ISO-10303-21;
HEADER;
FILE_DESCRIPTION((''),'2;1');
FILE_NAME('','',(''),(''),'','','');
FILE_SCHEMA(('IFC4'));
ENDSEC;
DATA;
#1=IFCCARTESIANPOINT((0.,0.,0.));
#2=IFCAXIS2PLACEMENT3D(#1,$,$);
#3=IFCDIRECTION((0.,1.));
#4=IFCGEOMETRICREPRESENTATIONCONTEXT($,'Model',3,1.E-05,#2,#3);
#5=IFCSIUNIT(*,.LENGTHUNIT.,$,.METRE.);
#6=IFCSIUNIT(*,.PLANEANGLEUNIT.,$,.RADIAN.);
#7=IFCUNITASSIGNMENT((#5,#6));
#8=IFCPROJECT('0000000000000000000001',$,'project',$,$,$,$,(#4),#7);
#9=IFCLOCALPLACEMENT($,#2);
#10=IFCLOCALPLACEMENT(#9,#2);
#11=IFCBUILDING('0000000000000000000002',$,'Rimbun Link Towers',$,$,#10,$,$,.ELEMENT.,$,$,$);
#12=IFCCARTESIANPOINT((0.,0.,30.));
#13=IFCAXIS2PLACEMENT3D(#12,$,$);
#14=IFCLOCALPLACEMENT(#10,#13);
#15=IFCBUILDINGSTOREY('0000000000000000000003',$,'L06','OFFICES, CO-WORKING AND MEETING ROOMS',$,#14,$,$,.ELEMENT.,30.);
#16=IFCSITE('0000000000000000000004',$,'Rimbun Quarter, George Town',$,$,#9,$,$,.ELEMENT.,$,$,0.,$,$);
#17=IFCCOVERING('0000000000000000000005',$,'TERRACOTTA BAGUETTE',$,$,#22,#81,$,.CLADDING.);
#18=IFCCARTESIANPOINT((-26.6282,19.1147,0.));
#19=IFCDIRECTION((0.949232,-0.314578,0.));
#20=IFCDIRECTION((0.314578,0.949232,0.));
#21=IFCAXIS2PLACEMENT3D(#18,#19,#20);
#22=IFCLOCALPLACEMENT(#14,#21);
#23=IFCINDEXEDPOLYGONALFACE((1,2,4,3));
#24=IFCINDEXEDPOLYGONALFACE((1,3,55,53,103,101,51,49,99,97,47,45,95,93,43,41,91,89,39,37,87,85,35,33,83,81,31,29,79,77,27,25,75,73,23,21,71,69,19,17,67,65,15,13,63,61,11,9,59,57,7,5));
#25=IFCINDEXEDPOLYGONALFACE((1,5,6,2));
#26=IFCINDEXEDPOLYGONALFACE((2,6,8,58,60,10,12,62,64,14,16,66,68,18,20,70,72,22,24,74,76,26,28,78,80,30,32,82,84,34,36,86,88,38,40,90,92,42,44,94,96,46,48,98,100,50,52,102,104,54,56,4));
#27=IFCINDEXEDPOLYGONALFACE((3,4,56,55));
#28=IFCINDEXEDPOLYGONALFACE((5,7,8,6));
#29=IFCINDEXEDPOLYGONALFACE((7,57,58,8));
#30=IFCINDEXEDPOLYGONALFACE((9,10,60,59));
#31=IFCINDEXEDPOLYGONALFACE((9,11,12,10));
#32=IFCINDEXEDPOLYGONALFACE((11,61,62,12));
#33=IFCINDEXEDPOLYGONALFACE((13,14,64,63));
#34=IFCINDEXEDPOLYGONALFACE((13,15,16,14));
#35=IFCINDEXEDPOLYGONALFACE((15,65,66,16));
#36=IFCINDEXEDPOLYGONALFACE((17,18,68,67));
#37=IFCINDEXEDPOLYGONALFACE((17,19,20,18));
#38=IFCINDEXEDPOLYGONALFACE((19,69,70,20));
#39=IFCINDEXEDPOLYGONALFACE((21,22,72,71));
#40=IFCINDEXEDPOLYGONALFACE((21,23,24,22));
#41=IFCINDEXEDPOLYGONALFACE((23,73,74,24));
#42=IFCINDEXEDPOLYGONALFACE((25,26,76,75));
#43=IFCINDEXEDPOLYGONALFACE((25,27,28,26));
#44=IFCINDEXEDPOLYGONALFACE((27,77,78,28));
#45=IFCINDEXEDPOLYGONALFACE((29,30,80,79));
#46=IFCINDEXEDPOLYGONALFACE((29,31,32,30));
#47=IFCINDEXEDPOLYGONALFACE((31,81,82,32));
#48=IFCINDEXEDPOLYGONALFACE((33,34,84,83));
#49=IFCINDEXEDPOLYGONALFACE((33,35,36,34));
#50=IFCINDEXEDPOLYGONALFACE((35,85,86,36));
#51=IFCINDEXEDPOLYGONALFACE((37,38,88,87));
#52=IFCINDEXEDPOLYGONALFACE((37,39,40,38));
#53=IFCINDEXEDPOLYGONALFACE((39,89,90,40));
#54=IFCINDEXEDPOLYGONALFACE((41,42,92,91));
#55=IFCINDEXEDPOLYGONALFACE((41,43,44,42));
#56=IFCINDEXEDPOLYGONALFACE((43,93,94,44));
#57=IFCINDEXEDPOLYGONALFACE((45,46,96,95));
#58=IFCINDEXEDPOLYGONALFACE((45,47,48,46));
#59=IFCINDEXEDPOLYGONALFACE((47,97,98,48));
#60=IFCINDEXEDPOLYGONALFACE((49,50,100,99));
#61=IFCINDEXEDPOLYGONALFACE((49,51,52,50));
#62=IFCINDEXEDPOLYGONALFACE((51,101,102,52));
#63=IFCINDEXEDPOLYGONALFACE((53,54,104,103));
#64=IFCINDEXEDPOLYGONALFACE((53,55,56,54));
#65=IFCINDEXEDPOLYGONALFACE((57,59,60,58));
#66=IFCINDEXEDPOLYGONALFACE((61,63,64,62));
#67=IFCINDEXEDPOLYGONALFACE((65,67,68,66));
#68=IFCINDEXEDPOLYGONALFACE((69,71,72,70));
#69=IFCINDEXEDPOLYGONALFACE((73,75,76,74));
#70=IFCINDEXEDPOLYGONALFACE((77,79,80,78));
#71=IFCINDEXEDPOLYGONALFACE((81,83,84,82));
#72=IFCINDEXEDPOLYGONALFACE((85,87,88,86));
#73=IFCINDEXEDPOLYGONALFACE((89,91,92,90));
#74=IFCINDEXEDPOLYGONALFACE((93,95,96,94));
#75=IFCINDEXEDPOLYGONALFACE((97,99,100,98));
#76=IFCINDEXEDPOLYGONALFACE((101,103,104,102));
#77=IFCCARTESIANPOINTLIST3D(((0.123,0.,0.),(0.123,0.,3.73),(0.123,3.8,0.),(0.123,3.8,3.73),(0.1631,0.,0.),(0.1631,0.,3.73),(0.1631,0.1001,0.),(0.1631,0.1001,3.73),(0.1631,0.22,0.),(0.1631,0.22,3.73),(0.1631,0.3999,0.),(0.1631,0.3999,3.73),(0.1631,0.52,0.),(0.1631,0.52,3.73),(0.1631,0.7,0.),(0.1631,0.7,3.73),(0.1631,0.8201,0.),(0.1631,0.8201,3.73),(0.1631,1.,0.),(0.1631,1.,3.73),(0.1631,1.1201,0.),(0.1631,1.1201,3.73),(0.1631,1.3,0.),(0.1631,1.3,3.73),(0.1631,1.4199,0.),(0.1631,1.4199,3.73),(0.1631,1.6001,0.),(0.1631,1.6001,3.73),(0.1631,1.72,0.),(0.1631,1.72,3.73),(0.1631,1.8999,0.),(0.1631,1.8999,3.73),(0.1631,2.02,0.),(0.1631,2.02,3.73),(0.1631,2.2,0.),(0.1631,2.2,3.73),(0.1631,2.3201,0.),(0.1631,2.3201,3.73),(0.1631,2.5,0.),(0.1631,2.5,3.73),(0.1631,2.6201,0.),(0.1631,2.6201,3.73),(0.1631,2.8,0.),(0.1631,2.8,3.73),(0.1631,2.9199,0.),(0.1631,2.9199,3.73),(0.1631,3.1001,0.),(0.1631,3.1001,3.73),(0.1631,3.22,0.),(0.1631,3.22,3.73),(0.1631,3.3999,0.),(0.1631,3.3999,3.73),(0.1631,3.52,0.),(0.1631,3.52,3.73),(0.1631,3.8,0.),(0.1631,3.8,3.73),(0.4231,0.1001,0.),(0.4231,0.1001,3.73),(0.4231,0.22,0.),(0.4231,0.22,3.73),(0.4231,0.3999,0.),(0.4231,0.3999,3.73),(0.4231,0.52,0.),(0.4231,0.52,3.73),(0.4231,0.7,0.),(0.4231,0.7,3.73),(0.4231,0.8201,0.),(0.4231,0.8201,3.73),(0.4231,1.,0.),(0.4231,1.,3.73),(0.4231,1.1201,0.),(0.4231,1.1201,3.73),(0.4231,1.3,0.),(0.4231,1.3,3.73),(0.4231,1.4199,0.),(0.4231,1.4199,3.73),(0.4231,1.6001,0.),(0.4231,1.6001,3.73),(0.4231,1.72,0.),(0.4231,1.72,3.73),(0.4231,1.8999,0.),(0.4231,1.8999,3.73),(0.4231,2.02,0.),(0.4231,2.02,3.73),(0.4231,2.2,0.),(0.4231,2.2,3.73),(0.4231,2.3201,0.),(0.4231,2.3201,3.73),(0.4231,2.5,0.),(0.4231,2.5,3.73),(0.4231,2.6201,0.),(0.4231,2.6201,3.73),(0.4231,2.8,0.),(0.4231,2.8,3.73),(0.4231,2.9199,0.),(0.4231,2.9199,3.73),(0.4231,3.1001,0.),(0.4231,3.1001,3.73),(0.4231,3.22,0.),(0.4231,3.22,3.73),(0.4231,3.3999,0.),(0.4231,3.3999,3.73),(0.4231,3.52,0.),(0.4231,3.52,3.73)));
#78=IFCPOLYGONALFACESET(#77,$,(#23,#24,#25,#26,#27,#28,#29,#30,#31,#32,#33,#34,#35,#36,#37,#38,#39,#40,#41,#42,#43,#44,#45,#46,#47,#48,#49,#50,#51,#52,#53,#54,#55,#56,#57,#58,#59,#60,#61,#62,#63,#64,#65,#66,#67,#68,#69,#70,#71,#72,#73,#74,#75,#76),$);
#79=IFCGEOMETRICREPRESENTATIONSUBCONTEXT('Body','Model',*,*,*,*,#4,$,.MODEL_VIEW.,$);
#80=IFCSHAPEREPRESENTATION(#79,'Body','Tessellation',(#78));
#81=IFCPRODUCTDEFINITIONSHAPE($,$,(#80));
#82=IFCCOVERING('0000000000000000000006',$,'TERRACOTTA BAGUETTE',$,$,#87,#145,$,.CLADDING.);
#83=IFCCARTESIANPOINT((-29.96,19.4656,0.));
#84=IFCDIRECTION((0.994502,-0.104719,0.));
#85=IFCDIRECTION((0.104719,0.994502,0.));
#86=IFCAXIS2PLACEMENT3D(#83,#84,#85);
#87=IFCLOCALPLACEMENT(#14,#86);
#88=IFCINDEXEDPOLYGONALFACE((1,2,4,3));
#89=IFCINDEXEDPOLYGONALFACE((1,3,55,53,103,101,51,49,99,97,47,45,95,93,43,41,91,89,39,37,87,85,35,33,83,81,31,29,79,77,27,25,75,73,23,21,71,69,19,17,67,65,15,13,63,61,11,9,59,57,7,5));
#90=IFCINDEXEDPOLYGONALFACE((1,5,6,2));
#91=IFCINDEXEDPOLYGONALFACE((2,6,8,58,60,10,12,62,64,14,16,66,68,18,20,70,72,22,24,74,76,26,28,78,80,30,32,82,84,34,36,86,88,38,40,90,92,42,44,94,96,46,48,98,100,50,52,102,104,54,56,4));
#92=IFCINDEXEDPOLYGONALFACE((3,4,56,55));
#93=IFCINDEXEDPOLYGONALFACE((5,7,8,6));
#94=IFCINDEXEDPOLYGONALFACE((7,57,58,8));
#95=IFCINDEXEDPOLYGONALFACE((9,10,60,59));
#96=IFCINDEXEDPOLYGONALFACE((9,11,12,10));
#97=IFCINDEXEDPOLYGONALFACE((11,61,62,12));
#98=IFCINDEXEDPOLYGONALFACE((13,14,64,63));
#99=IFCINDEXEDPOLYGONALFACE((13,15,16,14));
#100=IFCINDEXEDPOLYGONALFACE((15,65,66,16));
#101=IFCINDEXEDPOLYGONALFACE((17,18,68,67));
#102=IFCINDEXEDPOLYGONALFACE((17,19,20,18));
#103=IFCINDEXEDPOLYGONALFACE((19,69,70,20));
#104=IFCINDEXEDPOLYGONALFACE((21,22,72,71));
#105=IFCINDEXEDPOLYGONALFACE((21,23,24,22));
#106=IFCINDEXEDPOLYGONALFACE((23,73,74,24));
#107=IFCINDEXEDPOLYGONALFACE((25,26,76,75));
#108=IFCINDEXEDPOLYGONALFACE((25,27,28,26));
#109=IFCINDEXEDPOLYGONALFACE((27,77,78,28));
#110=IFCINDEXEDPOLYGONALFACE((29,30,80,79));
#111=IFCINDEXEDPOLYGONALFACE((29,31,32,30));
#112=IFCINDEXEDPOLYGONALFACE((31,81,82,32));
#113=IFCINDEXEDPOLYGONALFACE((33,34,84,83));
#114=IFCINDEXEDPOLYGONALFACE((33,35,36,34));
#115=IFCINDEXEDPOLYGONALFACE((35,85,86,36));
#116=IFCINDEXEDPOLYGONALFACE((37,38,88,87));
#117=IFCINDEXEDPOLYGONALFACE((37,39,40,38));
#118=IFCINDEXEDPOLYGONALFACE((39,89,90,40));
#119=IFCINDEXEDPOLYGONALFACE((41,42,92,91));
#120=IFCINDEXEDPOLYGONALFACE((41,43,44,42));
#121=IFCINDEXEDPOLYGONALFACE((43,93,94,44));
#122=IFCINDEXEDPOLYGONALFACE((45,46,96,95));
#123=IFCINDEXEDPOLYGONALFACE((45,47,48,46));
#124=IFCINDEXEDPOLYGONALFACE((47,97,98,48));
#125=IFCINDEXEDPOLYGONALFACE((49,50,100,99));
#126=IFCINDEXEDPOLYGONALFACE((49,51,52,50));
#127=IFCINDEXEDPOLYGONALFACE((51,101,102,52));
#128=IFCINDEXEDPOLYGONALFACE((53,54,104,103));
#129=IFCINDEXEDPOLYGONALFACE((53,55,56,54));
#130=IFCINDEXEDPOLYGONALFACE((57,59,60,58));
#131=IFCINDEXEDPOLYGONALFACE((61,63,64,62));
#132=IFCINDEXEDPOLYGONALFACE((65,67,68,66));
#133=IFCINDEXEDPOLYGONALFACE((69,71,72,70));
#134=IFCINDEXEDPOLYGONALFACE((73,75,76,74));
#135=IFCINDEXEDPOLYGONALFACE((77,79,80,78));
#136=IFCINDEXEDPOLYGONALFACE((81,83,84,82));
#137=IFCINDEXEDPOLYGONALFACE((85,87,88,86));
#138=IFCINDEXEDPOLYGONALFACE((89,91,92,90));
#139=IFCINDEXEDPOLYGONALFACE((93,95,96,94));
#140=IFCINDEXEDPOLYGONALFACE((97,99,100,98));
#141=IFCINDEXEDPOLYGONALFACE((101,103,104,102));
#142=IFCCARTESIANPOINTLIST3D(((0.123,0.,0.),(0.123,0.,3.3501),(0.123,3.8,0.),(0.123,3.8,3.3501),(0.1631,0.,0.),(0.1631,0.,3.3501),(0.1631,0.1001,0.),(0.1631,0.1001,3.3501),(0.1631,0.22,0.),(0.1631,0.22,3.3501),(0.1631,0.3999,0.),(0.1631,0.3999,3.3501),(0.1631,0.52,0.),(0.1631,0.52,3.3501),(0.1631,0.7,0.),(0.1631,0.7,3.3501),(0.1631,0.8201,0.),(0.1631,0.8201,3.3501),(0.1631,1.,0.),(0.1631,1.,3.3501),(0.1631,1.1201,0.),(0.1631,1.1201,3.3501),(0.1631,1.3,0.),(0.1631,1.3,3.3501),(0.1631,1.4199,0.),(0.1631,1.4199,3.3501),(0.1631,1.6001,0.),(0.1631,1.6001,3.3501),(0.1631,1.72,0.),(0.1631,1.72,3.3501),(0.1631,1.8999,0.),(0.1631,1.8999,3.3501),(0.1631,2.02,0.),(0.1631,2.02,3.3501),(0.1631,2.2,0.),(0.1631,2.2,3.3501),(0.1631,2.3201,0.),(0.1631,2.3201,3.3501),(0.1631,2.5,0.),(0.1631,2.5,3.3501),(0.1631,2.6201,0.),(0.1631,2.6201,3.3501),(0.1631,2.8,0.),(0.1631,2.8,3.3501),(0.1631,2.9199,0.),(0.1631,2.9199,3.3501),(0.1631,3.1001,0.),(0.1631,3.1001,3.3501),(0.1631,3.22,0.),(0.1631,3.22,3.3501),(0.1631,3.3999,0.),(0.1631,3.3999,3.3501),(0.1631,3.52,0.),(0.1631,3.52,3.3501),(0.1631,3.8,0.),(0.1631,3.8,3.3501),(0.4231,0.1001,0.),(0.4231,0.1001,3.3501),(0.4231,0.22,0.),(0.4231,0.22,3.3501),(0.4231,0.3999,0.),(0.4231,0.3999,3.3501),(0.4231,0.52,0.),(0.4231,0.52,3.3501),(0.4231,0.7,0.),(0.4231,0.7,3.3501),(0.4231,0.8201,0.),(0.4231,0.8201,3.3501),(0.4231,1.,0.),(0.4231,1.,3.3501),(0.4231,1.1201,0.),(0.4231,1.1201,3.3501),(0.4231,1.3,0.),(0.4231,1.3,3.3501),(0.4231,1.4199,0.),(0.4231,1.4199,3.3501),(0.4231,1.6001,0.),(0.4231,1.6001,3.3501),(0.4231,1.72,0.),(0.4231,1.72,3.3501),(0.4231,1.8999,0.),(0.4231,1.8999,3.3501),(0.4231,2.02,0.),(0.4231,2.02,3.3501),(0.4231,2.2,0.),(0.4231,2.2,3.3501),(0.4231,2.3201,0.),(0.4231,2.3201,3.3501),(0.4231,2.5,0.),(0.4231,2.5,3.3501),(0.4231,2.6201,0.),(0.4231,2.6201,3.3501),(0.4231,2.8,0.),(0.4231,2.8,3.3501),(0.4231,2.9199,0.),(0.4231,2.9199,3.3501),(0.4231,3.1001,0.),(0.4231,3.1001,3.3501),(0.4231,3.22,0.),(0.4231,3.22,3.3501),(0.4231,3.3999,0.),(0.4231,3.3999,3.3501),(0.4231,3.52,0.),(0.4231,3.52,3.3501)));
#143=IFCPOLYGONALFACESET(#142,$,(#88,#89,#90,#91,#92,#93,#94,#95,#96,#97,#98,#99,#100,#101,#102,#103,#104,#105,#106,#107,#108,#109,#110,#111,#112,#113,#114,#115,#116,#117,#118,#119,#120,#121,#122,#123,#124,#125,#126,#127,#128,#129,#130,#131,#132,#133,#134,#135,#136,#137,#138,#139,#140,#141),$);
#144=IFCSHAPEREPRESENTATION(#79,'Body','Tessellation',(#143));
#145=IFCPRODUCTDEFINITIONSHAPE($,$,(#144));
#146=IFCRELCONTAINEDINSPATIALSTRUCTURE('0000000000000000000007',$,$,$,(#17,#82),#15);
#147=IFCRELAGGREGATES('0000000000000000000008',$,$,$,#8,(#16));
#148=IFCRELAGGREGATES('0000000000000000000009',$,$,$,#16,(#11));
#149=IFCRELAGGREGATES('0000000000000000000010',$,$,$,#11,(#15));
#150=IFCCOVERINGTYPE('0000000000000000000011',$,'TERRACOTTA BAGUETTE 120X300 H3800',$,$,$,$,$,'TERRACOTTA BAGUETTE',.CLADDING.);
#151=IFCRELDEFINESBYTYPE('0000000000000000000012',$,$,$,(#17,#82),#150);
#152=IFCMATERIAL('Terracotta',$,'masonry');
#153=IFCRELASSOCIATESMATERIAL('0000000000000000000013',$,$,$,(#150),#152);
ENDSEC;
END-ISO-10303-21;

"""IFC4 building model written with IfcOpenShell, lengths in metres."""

from ifc_helpers import new_model, si_unit, direction, frame, origin, place, context, subcontext, project, spatial, polyline, outline, extrude, material, material_profile, profile_set, type_object, element, save


model = new_model("IFC4")

# Units and contexts
model_context = context("Model", 3, precision=1e-05, world=origin(), true_north=direction((0.0, 1.0)))
body_context = subcontext(model_context, "Body", "Model", "MODEL_VIEW")
ifc_project = project(units=[si_unit("LENGTHUNIT", "METRE"), si_unit("PLANEANGLEUNIT", "RADIAN")], contexts=[model_context])

# Site, building, storey
site_placement = place(None, origin())
site = spatial("IfcSite", under=ifc_project, at=site_placement, Name="Rimbun Quarter, George Town", CompositionType="ELEMENT", RefElevation=0.0)
building_placement = place(site_placement, origin())
building = spatial("IfcBuilding", under=site, at=building_placement, Name="Rimbun Link Towers", CompositionType="ELEMENT")
storey_placement = place(building_placement, frame((0.0, 0.0, 30.0)))
storey = spatial("IfcBuildingStorey", under=building, at=storey_placement, Name="L06", Description="OFFICES, CO-WORKING AND MEETING ROOMS", CompositionType="ELEMENT", Elevation=30.0)

# Coverings
ifc_material_1 = material(Name="Terracotta", Category="masonry")
ifc_material_profile_1 = material_profile(ifc_material_1, outline(polyline([(0.123, 0.0), (0.1631, 0.0), (0.1631, 0.1001), (0.4231, 0.1001), (0.4231, 0.22), (0.1631, 0.22), (0.1631, 0.3999), (0.4231, 0.3999), (0.4231, 0.52), (0.1631, 0.52), (0.1631, 0.7), (0.4231, 0.7), (0.4231, 0.8201), (0.1631, 0.8201), (0.1631, 1.0), (0.4231, 1.0), (0.4231, 1.1201), (0.1631, 1.1201), (0.1631, 1.3), (0.4231, 1.3), (0.4231, 1.4199), (0.1631, 1.4199), (0.1631, 1.6001), (0.4231, 1.6001), (0.4231, 1.72), (0.1631, 1.72), (0.1631, 1.8999), (0.4231, 1.8999), (0.4231, 2.02), (0.1631, 2.02), (0.1631, 2.2), (0.4231, 2.2), (0.4231, 2.3201), (0.1631, 2.3201), (0.1631, 2.5), (0.4231, 2.5), (0.4231, 2.6201), (0.1631, 2.6201), (0.1631, 2.8), (0.4231, 2.8), (0.4231, 2.9199), (0.1631, 2.9199), (0.1631, 3.1001), (0.4231, 3.1001), (0.4231, 3.22), (0.1631, 3.22), (0.1631, 3.3999), (0.4231, 3.3999), (0.4231, 3.52), (0.1631, 3.52), (0.1631, 3.8), (0.123, 3.8), (0.123, 0.0)])), Name="BAGUETTE 120X300")
ifc_profile_set_1 = profile_set([ifc_material_profile_1], Name="Terracotta")
covering_type = type_object("IfcCoveringType", Name="TERRACOTTA BAGUETTE 120X300 H3800", ElementType="TERRACOTTA BAGUETTE", PredefinedType="CLADDING", material=ifc_profile_set_1)
covering_1_placement = place(storey_placement, frame((-26.6282, 19.1147, 0.0), z_axis=(0.949232, -0.314578, 0.0), x_axis=(0.314578, 0.949232, 0.0)))
element("IfcCovering", 1, at=covering_1_placement, inside=storey, type_object=covering_type, Name="TERRACOTTA BAGUETTE", PredefinedType="CLADDING", context=body_context, shape_type="SweptSolid", body=[
    extrude(outline(polyline([(0.123, 0.0), (0.1631, 0.0), (0.1631, 0.1001), (0.4231, 0.1001), (0.4231, 0.22), (0.1631, 0.22), (0.1631, 0.3999), (0.4231, 0.3999), (0.4231, 0.52), (0.1631, 0.52), (0.1631, 0.7), (0.4231, 0.7), (0.4231, 0.8201), (0.1631, 0.8201), (0.1631, 1.0), (0.4231, 1.0), (0.4231, 1.1201), (0.1631, 1.1201), (0.1631, 1.3), (0.4231, 1.3), (0.4231, 1.4199), (0.1631, 1.4199), (0.1631, 1.6001), (0.4231, 1.6001), (0.4231, 1.72), (0.1631, 1.72), (0.1631, 1.8999), (0.4231, 1.8999), (0.4231, 2.02), (0.1631, 2.02), (0.1631, 2.2), (0.4231, 2.2), (0.4231, 2.3201), (0.1631, 2.3201), (0.1631, 2.5), (0.4231, 2.5), (0.4231, 2.6201), (0.1631, 2.6201), (0.1631, 2.8), (0.4231, 2.8), (0.4231, 2.9199), (0.1631, 2.9199), (0.1631, 3.1001), (0.4231, 3.1001), (0.4231, 3.22), (0.1631, 3.22), (0.1631, 3.3999), (0.4231, 3.3999), (0.4231, 3.52), (0.1631, 3.52), (0.1631, 3.8), (0.123, 3.8), (0.123, 0.0)])), origin(), (0.0, 0.0, 1.0), 3.73),
])
covering_2_placement = place(storey_placement, frame((-29.96, 19.4656, 0.0), z_axis=(0.994502, -0.104719, 0.0), x_axis=(0.104719, 0.994502, 0.0)))
element("IfcCovering", 2, at=covering_2_placement, inside=storey, type_object=covering_type, Name="TERRACOTTA BAGUETTE", PredefinedType="CLADDING", context=body_context, shape_type="SweptSolid", body=[
    extrude(outline(polyline([(0.123, 0.0), (0.1631, 0.0), (0.1631, 0.1001), (0.4231, 0.1001), (0.4231, 0.22), (0.1631, 0.22), (0.1631, 0.3999), (0.4231, 0.3999), (0.4231, 0.52), (0.1631, 0.52), (0.1631, 0.7), (0.4231, 0.7), (0.4231, 0.8201), (0.1631, 0.8201), (0.1631, 1.0), (0.4231, 1.0), (0.4231, 1.1201), (0.1631, 1.1201), (0.1631, 1.3), (0.4231, 1.3), (0.4231, 1.4199), (0.1631, 1.4199), (0.1631, 1.6001), (0.4231, 1.6001), (0.4231, 1.72), (0.1631, 1.72), (0.1631, 1.8999), (0.4231, 1.8999), (0.4231, 2.02), (0.1631, 2.02), (0.1631, 2.2), (0.4231, 2.2), (0.4231, 2.3201), (0.1631, 2.3201), (0.1631, 2.5), (0.4231, 2.5), (0.4231, 2.6201), (0.1631, 2.6201), (0.1631, 2.8), (0.4231, 2.8), (0.4231, 2.9199), (0.1631, 2.9199), (0.1631, 3.1001), (0.4231, 3.1001), (0.4231, 3.22), (0.1631, 3.22), (0.1631, 3.3999), (0.4231, 3.3999), (0.4231, 3.52), (0.1631, 3.52), (0.1631, 3.8), (0.123, 3.8), (0.123, 0.0)])), origin(), (0.0, 0.0, 1.0), 3.3501),
])

save(model, "model.ifc")
